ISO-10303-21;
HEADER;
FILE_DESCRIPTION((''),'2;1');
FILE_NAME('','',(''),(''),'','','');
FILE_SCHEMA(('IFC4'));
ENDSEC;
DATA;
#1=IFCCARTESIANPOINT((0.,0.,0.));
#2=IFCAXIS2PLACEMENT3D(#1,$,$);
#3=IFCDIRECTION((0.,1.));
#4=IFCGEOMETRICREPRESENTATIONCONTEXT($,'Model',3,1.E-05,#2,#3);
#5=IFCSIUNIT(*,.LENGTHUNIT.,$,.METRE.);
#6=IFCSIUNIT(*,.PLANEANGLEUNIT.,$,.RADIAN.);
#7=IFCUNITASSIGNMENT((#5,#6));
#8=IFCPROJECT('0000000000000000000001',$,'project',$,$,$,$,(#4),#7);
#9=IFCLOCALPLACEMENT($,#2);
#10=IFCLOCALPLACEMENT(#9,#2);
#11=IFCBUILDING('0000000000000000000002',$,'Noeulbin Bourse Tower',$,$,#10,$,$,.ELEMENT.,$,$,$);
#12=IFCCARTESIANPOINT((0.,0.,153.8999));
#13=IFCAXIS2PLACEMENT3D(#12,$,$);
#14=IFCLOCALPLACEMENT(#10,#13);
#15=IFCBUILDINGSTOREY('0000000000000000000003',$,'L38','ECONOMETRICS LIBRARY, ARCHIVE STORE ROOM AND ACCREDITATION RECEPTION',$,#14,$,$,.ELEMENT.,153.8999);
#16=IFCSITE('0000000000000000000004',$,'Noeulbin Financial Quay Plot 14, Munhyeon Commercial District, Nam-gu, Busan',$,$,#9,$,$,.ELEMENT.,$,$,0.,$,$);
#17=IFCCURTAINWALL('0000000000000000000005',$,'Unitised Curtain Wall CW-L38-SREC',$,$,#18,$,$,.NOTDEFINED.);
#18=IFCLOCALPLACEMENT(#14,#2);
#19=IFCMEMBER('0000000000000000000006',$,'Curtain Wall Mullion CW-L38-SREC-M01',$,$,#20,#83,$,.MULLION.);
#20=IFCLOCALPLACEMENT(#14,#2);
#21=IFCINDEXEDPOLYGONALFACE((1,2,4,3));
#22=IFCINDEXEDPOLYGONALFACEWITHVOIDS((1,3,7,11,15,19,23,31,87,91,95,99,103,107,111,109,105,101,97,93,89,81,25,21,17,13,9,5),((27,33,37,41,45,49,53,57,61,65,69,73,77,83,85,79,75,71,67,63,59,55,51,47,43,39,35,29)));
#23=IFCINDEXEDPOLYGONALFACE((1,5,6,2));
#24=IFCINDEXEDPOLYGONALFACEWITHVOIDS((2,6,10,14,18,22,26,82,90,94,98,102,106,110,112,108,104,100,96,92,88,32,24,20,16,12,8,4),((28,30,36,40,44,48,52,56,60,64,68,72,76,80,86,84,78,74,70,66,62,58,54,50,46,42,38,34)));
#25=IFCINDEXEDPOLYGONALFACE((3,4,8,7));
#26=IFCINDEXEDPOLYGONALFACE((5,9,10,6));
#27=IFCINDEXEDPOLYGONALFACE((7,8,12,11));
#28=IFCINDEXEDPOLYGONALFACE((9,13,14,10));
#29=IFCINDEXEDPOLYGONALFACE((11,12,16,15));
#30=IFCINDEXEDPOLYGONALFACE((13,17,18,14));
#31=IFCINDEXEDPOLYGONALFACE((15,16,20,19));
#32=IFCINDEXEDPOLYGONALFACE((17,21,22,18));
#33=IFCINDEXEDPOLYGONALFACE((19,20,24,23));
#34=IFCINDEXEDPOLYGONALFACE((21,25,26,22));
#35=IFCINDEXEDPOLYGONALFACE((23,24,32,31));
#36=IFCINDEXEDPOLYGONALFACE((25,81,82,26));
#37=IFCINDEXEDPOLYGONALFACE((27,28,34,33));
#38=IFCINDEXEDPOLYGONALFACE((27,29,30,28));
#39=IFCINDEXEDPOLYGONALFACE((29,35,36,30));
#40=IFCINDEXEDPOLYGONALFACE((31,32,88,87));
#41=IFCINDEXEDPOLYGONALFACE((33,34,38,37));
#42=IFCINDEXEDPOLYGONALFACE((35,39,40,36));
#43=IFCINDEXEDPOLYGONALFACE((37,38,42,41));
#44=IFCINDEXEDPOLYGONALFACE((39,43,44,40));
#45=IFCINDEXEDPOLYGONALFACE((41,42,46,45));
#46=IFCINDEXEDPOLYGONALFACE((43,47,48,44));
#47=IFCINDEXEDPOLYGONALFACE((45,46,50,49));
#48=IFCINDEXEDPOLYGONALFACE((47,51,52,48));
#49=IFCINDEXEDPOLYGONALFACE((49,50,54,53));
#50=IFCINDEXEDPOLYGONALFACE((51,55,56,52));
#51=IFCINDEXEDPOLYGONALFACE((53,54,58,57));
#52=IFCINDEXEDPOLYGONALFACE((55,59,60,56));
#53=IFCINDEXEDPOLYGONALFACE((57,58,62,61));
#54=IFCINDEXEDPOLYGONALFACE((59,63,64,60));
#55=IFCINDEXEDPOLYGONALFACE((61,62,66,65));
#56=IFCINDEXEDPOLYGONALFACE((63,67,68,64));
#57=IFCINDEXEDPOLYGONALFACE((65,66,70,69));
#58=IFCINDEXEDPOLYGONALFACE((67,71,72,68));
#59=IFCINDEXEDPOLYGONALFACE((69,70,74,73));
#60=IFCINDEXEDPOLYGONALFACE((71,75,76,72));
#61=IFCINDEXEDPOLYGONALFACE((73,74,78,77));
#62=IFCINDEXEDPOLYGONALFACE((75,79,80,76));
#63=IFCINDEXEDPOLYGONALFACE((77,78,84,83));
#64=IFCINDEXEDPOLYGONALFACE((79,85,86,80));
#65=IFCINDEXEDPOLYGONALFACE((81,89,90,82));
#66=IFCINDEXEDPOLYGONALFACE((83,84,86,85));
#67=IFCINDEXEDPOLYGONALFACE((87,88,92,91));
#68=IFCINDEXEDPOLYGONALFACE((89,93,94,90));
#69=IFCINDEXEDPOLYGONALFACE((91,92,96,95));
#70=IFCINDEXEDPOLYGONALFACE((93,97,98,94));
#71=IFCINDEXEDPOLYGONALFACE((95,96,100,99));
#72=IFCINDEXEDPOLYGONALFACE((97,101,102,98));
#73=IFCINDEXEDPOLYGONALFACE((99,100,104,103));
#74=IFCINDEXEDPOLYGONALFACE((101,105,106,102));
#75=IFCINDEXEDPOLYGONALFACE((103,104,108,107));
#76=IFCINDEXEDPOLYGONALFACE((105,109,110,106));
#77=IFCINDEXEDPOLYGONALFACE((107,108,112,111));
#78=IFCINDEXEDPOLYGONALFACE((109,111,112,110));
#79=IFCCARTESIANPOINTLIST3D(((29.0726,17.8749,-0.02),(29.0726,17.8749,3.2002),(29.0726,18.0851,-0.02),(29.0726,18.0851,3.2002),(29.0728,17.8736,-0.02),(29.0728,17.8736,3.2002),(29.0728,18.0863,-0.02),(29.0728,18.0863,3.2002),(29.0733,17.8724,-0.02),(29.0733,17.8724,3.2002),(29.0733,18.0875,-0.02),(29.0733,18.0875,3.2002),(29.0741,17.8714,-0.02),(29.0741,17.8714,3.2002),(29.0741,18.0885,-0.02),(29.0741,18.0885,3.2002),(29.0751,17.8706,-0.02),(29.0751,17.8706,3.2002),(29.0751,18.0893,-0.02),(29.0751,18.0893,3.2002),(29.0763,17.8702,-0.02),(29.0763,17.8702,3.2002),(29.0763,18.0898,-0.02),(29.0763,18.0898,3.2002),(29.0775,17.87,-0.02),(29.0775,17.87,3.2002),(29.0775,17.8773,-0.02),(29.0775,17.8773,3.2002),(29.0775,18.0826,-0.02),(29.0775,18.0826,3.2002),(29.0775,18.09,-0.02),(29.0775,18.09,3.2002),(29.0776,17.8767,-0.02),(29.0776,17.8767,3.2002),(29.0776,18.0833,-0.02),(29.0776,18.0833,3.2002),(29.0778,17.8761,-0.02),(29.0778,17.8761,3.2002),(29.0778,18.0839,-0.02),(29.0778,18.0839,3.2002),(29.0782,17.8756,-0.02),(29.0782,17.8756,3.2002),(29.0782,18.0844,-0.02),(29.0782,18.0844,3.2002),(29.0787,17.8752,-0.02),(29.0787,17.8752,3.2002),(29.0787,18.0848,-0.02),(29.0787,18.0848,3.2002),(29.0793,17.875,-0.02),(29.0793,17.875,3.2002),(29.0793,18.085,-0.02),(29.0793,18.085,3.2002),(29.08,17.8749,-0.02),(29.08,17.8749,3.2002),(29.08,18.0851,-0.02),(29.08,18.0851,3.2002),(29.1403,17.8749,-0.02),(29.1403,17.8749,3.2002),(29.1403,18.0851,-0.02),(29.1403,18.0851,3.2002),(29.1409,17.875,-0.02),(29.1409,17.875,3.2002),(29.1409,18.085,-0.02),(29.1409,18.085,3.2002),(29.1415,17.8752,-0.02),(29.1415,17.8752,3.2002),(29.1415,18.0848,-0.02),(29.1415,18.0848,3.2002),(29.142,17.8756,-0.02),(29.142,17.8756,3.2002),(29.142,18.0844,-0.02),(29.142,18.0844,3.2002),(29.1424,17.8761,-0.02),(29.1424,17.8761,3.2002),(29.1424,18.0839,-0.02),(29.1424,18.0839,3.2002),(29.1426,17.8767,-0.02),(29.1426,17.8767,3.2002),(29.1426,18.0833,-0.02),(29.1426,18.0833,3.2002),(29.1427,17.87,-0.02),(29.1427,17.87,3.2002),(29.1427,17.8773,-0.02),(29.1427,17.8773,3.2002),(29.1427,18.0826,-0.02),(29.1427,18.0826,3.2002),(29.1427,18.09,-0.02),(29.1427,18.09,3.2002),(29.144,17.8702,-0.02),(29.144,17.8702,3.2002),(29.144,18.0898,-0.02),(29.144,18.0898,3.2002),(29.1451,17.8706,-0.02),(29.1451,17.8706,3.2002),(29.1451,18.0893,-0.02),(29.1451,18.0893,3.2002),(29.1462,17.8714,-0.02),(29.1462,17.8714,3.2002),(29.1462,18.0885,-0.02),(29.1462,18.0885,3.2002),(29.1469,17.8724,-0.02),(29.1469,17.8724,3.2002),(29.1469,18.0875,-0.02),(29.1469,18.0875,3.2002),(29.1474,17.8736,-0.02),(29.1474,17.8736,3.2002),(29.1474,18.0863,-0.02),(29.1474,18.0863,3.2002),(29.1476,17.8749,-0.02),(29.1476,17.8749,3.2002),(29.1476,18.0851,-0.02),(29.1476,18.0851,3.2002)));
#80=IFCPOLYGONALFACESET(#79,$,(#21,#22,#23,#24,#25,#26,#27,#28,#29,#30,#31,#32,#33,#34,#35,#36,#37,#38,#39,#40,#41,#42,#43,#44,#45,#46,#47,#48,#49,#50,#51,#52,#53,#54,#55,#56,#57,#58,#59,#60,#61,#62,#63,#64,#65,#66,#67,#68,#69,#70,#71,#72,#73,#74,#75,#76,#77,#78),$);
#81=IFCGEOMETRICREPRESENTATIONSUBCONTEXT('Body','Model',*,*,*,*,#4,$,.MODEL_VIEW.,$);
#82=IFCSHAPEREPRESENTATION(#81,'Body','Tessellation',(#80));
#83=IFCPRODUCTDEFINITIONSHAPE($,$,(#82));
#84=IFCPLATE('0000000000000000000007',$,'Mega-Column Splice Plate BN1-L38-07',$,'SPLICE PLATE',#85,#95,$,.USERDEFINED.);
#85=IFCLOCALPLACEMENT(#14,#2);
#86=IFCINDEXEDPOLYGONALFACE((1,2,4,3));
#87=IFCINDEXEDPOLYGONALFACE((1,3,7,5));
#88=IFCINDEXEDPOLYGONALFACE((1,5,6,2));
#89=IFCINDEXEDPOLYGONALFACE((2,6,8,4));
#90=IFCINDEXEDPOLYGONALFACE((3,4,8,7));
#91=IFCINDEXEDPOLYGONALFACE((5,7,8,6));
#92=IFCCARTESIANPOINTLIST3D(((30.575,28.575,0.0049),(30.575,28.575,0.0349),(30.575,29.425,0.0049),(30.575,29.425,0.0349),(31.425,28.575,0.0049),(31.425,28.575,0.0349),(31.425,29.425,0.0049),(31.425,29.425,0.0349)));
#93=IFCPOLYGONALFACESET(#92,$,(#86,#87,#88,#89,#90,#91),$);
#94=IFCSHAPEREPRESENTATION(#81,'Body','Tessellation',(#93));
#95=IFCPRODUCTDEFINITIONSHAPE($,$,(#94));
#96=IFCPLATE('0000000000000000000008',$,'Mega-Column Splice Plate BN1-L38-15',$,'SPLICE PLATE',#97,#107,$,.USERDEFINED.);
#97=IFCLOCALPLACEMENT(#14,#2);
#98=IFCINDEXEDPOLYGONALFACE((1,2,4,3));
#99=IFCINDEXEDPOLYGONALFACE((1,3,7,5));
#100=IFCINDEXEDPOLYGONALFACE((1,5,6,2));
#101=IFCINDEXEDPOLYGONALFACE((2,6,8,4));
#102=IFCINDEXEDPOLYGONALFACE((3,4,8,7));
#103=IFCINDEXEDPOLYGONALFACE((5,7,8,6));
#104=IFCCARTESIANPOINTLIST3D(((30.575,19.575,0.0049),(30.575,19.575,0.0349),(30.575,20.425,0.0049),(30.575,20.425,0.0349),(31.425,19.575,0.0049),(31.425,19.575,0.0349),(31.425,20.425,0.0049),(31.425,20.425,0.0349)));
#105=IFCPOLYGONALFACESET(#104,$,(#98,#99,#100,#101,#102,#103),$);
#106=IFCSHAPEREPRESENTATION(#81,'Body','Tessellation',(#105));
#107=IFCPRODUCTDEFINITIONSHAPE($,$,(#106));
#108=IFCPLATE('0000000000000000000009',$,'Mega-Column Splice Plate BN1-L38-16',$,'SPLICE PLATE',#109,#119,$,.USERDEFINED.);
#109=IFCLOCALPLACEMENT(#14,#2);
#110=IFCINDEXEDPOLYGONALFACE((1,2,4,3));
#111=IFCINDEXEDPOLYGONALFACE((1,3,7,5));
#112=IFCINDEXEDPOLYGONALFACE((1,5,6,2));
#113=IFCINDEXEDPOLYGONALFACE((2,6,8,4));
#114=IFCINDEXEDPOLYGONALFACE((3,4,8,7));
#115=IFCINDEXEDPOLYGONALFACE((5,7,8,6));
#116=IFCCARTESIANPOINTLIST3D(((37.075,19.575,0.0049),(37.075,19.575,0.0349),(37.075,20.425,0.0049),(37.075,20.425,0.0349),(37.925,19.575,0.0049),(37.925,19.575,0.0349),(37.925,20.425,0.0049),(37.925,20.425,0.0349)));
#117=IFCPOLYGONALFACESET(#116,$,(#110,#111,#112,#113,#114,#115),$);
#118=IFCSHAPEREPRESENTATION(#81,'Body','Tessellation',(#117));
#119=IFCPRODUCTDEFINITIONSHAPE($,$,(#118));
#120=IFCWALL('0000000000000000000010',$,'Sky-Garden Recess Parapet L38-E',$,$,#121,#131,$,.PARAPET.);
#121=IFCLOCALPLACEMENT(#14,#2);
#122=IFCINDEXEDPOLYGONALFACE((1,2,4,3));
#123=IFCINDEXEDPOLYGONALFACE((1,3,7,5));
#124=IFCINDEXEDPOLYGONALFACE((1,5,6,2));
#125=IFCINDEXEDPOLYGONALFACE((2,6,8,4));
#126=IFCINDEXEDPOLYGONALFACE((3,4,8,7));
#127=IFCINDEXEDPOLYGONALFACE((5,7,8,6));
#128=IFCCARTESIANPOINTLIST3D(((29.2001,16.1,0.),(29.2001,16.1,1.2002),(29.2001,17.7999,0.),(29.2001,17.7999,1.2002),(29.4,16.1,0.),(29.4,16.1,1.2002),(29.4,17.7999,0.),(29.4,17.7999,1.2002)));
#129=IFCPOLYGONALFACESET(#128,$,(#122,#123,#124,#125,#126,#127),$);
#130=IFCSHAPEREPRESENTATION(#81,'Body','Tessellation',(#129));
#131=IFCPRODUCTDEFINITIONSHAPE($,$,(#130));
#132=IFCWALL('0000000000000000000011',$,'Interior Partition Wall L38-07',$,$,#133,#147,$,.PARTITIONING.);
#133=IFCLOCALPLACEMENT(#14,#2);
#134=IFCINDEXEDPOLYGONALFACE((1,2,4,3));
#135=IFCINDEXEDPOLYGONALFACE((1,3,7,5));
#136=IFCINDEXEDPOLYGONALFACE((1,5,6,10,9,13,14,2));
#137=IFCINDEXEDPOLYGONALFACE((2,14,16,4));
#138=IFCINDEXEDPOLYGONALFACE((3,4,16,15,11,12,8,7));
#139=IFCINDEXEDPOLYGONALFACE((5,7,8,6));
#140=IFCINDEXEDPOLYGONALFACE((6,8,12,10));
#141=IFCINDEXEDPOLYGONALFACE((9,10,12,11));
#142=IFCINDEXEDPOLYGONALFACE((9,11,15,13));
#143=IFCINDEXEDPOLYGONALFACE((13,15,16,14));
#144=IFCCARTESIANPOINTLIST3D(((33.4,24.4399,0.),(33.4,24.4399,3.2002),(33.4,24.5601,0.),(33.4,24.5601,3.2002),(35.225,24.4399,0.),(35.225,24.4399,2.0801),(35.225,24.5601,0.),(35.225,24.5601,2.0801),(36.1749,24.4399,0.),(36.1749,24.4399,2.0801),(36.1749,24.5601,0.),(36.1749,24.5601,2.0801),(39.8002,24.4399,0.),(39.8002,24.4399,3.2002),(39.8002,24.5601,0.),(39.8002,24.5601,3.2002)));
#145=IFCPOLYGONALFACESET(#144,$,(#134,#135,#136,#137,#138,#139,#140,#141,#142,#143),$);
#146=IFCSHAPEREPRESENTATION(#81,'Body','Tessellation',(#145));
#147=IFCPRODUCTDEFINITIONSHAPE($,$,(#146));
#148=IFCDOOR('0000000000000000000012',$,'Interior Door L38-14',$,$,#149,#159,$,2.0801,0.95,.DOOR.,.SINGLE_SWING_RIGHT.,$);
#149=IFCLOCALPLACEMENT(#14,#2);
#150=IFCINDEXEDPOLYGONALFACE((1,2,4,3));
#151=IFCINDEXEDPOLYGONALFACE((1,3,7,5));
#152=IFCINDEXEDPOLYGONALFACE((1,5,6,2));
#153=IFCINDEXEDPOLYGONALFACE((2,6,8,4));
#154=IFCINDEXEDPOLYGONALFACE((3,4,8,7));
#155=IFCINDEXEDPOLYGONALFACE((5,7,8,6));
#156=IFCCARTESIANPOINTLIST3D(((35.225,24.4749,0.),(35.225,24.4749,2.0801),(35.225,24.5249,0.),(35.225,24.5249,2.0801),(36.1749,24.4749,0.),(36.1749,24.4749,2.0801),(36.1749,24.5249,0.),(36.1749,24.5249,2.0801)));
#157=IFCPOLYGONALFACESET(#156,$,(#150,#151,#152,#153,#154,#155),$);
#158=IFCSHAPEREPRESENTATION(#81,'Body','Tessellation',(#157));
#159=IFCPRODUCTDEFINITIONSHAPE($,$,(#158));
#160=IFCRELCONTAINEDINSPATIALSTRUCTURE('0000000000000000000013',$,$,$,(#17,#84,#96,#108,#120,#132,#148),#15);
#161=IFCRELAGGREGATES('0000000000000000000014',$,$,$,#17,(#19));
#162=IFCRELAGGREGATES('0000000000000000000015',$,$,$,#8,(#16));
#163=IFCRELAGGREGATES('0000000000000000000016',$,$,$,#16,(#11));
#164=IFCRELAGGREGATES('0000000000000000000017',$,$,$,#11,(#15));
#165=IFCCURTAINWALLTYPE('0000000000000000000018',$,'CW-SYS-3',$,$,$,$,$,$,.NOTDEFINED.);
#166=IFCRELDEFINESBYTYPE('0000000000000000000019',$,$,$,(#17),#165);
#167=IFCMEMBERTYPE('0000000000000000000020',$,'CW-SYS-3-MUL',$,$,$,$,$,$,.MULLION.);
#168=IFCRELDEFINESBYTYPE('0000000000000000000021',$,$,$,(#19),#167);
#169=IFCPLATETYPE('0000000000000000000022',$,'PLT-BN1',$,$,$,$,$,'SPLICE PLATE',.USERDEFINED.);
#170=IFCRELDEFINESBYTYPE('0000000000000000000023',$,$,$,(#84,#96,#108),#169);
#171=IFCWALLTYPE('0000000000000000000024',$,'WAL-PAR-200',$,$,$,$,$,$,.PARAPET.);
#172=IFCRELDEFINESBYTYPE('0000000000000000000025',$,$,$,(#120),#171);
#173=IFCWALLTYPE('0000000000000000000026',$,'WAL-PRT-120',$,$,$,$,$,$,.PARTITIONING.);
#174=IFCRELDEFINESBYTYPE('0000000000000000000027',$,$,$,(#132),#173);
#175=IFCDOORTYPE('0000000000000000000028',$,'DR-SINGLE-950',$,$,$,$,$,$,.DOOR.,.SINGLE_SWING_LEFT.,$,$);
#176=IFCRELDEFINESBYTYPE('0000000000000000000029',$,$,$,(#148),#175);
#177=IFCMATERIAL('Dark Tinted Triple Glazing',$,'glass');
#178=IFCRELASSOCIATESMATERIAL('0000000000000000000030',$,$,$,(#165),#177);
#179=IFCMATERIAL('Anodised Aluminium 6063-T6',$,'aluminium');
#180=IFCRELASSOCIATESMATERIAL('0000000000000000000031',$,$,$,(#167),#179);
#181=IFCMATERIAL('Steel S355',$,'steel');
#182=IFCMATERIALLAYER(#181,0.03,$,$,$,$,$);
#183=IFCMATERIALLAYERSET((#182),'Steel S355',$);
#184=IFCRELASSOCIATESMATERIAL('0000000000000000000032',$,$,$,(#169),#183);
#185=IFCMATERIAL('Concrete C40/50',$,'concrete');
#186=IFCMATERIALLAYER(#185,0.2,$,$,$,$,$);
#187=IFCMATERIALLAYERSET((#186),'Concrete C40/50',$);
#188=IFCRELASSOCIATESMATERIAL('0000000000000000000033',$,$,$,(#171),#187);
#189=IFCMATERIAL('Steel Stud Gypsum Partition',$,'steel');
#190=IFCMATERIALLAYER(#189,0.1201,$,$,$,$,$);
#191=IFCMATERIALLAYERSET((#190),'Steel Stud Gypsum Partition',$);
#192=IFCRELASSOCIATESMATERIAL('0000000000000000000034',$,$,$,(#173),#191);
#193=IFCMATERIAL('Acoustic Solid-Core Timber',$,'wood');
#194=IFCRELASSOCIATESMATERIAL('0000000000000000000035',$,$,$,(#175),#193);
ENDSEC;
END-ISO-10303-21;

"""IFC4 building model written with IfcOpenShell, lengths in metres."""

from ifc_helpers import new_model, si_unit, direction, frame, frame_2d, origin, origin_2d, place, context, subcontext, project, spatial, rectangle, hollow_rectangle, extrude, material, layer, layer_set, material_profile, profile_set, type_object, element, fill, aggregate, save


model = new_model("IFC4")

# Units and contexts
model_context = context("Model", 3, precision=1e-05, world=origin(), true_north=direction((0.0, 1.0)))
body_context = subcontext(model_context, "Body", "Model", "MODEL_VIEW")
ifc_project = project(units=[si_unit("LENGTHUNIT", "METRE"), si_unit("PLANEANGLEUNIT", "RADIAN")], contexts=[model_context])

# Site, building, storey
site_placement = place(None, origin())
site = spatial("IfcSite", under=ifc_project, at=site_placement, Name="Noeulbin Financial Quay Plot 14, Munhyeon Commercial District, Nam-gu, Busan", CompositionType="ELEMENT", RefElevation=0.0)
building_placement = place(site_placement, origin())
building = spatial("IfcBuilding", under=site, at=building_placement, Name="Noeulbin Bourse Tower", CompositionType="ELEMENT")
storey_placement = place(building_placement, frame((0.0, 0.0, 153.8999)))
storey = spatial("IfcBuildingStorey", under=building, at=storey_placement, Name="L38", Description="ECONOMETRICS LIBRARY, ARCHIVE STORE ROOM AND ACCREDITATION RECEPTION", CompositionType="ELEMENT", Elevation=153.8999)

# Shared definitions
ifc_material_1 = material(Name="Steel S355", Category="steel")

# Curtain wall, member
ifc_material_2 = material(Name="Dark Tinted Triple Glazing", Category="glass")
curtain_wall_type = type_object("IfcCurtainWallType", Name="CW-SYS-3", PredefinedType="NOTDEFINED", material=ifc_material_2)
curtain_wall_placement = place(storey_placement, origin())
curtain_wall = element("IfcCurtainWall", 1, at=curtain_wall_placement, inside=storey, type_object=curtain_wall_type, Name="Unitised Curtain Wall CW-L38-SREC", PredefinedType="NOTDEFINED")
ifc_material_3 = material(Name="Anodised Aluminium 6063-T6", Category="aluminium")
ifc_material_profile_1 = material_profile(ifc_material_3, hollow_rectangle(XDim=0.075, YDim=0.22, WallThickness=0.0049, InnerFilletRadius=0.0024, OuterFilletRadius=0.0049, at=origin_2d()), Name="ALU-MULL-75x220x5", Category="LoadBearing")
ifc_profile_set_1 = profile_set([ifc_material_profile_1], Name="Anodised Aluminium 6063-T6")
member_type = type_object("IfcMemberType", Name="CW-SYS-3-MUL", PredefinedType="MULLION", material=ifc_profile_set_1)
member_placement = place(storey_placement, frame((29.1101, 17.98, -0.02), z_axis=(0.0, 0.0, 1.0), x_axis=(1.0, 0.0, 0.0)))
member = element("IfcMember", 2, at=member_placement, type_object=member_type, Name="Curtain Wall Mullion CW-L38-SREC-M01", PredefinedType="MULLION", context=body_context, shape_type="SweptSolid", body=[
    extrude(hollow_rectangle(XDim=0.075, YDim=0.22, WallThickness=0.0049, InnerFilletRadius=0.0024, OuterFilletRadius=0.0049, at=origin_2d()), origin(), (0.0, 0.0, 1.0), 3.2202),
])
aggregate(curtain_wall, [member])

# Plates
ifc_layer_1 = layer(ifc_material_1, 0.03)
ifc_layer_set_1 = layer_set([ifc_layer_1], Name="Steel S355")
plate_type = type_object("IfcPlateType", Name="PLT-BN1", ElementType="SPLICE PLATE", PredefinedType="USERDEFINED", material=ifc_layer_set_1)
for number, where, z_axis, x_axis, name in (
    (3, (31.0, 29.0, 0.0049), (0.0, 0.0, 1.0), (1.0, 0.0, 0.0), "Mega-Column Splice Plate BN1-L38-07"),
    (4, (31.0, 20.0, 0.0049), (0.0, 0.0, 1.0), (1.0, 0.0, 0.0), "Mega-Column Splice Plate BN1-L38-15"),
    (5, (37.5, 20.0, 0.0049), (0.0, 0.0, 1.0), (1.0, 0.0, 0.0), "Mega-Column Splice Plate BN1-L38-16"),
):
    element("IfcPlate", number, at=place(storey_placement, frame(where, z_axis=z_axis, x_axis=x_axis)), inside=storey, type_object=plate_type, Name=name, ObjectType="SPLICE PLATE", PredefinedType="USERDEFINED", context=body_context, shape_type="SweptSolid", body=[
        extrude(rectangle(XDim=0.8501, YDim=0.8501, at=origin_2d()), origin(), (0.0, 0.0, 1.0), 0.03),
    ])

# Wall
ifc_material_4 = material(Name="Concrete C40/50", Category="concrete")
ifc_layer_2 = layer(ifc_material_4, 0.2)
ifc_layer_set_2 = layer_set([ifc_layer_2], Name="Concrete C40/50")
wall_type_1 = type_object("IfcWallType", Name="WAL-PAR-200", PredefinedType="PARAPET", material=ifc_layer_set_2)
wall_1_placement = place(storey_placement, frame((29.3, 17.8, 0.0), z_axis=(0.0, 0.0, 1.0), x_axis=(0.0, -1.0, 0.0)))
element("IfcWall", 6, at=wall_1_placement, inside=storey, type_object=wall_type_1, Name="Sky-Garden Recess Parapet L38-E", PredefinedType="PARAPET", context=body_context, shape_type="SweptSolid", body=[
    extrude(rectangle(XDim=1.7, YDim=0.2, at=frame_2d((0.8501, 0.0))), origin(), (0.0, 0.0, 1.0), 1.2002),
])

# Wall, opening, door
ifc_material_5 = material(Name="Steel Stud Gypsum Partition", Category="steel")
ifc_layer_3 = layer(ifc_material_5, 0.1201)
ifc_layer_set_3 = layer_set([ifc_layer_3], Name="Steel Stud Gypsum Partition")
wall_type_2 = type_object("IfcWallType", Name="WAL-PRT-120", PredefinedType="PARTITIONING", material=ifc_layer_set_3)
wall_2_placement = place(storey_placement, frame((33.3999, 24.5, 0.0), z_axis=(0.0, 0.0, 1.0), x_axis=(1.0, 0.0, 0.0)))
wall_2 = element("IfcWall", 7, at=wall_2_placement, inside=storey, type_object=wall_type_2, Name="Interior Partition Wall L38-07", PredefinedType="PARTITIONING", context=body_context, shape_type="SweptSolid", body=[
    extrude(rectangle(XDim=6.4001, YDim=0.1201, at=frame_2d((3.2002, 0.0))), origin(), (0.0, 0.0, 1.0), 3.2002),
])
opening_placement = place(wall_2_placement, frame((1.825, 0.0, 0.0)))
opening = element("IfcOpeningElement", 8, at=opening_placement, cuts=wall_2, PredefinedType="OPENING", context=body_context, shape_type="SweptSolid", body=[
    extrude(rectangle(XDim=0.95, YDim=2.0801, at=frame_2d((0.4751, 1.04))), frame((0.0, 0.0701, 0.0), z_axis=(0.0, -1.0, 0.0), x_axis=(1.0, 0.0, 0.0)), (0.0, 0.0, 1.0), 0.1401),
])
ifc_material_6 = material(Name="Acoustic Solid-Core Timber", Category="wood")
door_type = type_object("IfcDoorType", Name="DR-SINGLE-950", OperationType="SINGLE_SWING_LEFT", PredefinedType="DOOR", material=ifc_material_6)
door_placement = place(opening_placement, origin())
door = element("IfcDoor", 9, at=door_placement, inside=storey, type_object=door_type, Name="Interior Door L38-14", OperationType="SINGLE_SWING_RIGHT", OverallHeight=2.0801, OverallWidth=0.95, PredefinedType="DOOR", context=body_context, shape_type="SweptSolid", body=[
    extrude(rectangle(XDim=0.95, YDim=2.0801, at=frame_2d((0.4751, 1.04))), frame((0.0, 0.0249, 0.0), z_axis=(0.0, -1.0, 0.0), x_axis=(1.0, 0.0, 0.0)), (0.0, 0.0, 1.0), 0.05),
])
fill(opening, door)

save(model, "model.ifc")
